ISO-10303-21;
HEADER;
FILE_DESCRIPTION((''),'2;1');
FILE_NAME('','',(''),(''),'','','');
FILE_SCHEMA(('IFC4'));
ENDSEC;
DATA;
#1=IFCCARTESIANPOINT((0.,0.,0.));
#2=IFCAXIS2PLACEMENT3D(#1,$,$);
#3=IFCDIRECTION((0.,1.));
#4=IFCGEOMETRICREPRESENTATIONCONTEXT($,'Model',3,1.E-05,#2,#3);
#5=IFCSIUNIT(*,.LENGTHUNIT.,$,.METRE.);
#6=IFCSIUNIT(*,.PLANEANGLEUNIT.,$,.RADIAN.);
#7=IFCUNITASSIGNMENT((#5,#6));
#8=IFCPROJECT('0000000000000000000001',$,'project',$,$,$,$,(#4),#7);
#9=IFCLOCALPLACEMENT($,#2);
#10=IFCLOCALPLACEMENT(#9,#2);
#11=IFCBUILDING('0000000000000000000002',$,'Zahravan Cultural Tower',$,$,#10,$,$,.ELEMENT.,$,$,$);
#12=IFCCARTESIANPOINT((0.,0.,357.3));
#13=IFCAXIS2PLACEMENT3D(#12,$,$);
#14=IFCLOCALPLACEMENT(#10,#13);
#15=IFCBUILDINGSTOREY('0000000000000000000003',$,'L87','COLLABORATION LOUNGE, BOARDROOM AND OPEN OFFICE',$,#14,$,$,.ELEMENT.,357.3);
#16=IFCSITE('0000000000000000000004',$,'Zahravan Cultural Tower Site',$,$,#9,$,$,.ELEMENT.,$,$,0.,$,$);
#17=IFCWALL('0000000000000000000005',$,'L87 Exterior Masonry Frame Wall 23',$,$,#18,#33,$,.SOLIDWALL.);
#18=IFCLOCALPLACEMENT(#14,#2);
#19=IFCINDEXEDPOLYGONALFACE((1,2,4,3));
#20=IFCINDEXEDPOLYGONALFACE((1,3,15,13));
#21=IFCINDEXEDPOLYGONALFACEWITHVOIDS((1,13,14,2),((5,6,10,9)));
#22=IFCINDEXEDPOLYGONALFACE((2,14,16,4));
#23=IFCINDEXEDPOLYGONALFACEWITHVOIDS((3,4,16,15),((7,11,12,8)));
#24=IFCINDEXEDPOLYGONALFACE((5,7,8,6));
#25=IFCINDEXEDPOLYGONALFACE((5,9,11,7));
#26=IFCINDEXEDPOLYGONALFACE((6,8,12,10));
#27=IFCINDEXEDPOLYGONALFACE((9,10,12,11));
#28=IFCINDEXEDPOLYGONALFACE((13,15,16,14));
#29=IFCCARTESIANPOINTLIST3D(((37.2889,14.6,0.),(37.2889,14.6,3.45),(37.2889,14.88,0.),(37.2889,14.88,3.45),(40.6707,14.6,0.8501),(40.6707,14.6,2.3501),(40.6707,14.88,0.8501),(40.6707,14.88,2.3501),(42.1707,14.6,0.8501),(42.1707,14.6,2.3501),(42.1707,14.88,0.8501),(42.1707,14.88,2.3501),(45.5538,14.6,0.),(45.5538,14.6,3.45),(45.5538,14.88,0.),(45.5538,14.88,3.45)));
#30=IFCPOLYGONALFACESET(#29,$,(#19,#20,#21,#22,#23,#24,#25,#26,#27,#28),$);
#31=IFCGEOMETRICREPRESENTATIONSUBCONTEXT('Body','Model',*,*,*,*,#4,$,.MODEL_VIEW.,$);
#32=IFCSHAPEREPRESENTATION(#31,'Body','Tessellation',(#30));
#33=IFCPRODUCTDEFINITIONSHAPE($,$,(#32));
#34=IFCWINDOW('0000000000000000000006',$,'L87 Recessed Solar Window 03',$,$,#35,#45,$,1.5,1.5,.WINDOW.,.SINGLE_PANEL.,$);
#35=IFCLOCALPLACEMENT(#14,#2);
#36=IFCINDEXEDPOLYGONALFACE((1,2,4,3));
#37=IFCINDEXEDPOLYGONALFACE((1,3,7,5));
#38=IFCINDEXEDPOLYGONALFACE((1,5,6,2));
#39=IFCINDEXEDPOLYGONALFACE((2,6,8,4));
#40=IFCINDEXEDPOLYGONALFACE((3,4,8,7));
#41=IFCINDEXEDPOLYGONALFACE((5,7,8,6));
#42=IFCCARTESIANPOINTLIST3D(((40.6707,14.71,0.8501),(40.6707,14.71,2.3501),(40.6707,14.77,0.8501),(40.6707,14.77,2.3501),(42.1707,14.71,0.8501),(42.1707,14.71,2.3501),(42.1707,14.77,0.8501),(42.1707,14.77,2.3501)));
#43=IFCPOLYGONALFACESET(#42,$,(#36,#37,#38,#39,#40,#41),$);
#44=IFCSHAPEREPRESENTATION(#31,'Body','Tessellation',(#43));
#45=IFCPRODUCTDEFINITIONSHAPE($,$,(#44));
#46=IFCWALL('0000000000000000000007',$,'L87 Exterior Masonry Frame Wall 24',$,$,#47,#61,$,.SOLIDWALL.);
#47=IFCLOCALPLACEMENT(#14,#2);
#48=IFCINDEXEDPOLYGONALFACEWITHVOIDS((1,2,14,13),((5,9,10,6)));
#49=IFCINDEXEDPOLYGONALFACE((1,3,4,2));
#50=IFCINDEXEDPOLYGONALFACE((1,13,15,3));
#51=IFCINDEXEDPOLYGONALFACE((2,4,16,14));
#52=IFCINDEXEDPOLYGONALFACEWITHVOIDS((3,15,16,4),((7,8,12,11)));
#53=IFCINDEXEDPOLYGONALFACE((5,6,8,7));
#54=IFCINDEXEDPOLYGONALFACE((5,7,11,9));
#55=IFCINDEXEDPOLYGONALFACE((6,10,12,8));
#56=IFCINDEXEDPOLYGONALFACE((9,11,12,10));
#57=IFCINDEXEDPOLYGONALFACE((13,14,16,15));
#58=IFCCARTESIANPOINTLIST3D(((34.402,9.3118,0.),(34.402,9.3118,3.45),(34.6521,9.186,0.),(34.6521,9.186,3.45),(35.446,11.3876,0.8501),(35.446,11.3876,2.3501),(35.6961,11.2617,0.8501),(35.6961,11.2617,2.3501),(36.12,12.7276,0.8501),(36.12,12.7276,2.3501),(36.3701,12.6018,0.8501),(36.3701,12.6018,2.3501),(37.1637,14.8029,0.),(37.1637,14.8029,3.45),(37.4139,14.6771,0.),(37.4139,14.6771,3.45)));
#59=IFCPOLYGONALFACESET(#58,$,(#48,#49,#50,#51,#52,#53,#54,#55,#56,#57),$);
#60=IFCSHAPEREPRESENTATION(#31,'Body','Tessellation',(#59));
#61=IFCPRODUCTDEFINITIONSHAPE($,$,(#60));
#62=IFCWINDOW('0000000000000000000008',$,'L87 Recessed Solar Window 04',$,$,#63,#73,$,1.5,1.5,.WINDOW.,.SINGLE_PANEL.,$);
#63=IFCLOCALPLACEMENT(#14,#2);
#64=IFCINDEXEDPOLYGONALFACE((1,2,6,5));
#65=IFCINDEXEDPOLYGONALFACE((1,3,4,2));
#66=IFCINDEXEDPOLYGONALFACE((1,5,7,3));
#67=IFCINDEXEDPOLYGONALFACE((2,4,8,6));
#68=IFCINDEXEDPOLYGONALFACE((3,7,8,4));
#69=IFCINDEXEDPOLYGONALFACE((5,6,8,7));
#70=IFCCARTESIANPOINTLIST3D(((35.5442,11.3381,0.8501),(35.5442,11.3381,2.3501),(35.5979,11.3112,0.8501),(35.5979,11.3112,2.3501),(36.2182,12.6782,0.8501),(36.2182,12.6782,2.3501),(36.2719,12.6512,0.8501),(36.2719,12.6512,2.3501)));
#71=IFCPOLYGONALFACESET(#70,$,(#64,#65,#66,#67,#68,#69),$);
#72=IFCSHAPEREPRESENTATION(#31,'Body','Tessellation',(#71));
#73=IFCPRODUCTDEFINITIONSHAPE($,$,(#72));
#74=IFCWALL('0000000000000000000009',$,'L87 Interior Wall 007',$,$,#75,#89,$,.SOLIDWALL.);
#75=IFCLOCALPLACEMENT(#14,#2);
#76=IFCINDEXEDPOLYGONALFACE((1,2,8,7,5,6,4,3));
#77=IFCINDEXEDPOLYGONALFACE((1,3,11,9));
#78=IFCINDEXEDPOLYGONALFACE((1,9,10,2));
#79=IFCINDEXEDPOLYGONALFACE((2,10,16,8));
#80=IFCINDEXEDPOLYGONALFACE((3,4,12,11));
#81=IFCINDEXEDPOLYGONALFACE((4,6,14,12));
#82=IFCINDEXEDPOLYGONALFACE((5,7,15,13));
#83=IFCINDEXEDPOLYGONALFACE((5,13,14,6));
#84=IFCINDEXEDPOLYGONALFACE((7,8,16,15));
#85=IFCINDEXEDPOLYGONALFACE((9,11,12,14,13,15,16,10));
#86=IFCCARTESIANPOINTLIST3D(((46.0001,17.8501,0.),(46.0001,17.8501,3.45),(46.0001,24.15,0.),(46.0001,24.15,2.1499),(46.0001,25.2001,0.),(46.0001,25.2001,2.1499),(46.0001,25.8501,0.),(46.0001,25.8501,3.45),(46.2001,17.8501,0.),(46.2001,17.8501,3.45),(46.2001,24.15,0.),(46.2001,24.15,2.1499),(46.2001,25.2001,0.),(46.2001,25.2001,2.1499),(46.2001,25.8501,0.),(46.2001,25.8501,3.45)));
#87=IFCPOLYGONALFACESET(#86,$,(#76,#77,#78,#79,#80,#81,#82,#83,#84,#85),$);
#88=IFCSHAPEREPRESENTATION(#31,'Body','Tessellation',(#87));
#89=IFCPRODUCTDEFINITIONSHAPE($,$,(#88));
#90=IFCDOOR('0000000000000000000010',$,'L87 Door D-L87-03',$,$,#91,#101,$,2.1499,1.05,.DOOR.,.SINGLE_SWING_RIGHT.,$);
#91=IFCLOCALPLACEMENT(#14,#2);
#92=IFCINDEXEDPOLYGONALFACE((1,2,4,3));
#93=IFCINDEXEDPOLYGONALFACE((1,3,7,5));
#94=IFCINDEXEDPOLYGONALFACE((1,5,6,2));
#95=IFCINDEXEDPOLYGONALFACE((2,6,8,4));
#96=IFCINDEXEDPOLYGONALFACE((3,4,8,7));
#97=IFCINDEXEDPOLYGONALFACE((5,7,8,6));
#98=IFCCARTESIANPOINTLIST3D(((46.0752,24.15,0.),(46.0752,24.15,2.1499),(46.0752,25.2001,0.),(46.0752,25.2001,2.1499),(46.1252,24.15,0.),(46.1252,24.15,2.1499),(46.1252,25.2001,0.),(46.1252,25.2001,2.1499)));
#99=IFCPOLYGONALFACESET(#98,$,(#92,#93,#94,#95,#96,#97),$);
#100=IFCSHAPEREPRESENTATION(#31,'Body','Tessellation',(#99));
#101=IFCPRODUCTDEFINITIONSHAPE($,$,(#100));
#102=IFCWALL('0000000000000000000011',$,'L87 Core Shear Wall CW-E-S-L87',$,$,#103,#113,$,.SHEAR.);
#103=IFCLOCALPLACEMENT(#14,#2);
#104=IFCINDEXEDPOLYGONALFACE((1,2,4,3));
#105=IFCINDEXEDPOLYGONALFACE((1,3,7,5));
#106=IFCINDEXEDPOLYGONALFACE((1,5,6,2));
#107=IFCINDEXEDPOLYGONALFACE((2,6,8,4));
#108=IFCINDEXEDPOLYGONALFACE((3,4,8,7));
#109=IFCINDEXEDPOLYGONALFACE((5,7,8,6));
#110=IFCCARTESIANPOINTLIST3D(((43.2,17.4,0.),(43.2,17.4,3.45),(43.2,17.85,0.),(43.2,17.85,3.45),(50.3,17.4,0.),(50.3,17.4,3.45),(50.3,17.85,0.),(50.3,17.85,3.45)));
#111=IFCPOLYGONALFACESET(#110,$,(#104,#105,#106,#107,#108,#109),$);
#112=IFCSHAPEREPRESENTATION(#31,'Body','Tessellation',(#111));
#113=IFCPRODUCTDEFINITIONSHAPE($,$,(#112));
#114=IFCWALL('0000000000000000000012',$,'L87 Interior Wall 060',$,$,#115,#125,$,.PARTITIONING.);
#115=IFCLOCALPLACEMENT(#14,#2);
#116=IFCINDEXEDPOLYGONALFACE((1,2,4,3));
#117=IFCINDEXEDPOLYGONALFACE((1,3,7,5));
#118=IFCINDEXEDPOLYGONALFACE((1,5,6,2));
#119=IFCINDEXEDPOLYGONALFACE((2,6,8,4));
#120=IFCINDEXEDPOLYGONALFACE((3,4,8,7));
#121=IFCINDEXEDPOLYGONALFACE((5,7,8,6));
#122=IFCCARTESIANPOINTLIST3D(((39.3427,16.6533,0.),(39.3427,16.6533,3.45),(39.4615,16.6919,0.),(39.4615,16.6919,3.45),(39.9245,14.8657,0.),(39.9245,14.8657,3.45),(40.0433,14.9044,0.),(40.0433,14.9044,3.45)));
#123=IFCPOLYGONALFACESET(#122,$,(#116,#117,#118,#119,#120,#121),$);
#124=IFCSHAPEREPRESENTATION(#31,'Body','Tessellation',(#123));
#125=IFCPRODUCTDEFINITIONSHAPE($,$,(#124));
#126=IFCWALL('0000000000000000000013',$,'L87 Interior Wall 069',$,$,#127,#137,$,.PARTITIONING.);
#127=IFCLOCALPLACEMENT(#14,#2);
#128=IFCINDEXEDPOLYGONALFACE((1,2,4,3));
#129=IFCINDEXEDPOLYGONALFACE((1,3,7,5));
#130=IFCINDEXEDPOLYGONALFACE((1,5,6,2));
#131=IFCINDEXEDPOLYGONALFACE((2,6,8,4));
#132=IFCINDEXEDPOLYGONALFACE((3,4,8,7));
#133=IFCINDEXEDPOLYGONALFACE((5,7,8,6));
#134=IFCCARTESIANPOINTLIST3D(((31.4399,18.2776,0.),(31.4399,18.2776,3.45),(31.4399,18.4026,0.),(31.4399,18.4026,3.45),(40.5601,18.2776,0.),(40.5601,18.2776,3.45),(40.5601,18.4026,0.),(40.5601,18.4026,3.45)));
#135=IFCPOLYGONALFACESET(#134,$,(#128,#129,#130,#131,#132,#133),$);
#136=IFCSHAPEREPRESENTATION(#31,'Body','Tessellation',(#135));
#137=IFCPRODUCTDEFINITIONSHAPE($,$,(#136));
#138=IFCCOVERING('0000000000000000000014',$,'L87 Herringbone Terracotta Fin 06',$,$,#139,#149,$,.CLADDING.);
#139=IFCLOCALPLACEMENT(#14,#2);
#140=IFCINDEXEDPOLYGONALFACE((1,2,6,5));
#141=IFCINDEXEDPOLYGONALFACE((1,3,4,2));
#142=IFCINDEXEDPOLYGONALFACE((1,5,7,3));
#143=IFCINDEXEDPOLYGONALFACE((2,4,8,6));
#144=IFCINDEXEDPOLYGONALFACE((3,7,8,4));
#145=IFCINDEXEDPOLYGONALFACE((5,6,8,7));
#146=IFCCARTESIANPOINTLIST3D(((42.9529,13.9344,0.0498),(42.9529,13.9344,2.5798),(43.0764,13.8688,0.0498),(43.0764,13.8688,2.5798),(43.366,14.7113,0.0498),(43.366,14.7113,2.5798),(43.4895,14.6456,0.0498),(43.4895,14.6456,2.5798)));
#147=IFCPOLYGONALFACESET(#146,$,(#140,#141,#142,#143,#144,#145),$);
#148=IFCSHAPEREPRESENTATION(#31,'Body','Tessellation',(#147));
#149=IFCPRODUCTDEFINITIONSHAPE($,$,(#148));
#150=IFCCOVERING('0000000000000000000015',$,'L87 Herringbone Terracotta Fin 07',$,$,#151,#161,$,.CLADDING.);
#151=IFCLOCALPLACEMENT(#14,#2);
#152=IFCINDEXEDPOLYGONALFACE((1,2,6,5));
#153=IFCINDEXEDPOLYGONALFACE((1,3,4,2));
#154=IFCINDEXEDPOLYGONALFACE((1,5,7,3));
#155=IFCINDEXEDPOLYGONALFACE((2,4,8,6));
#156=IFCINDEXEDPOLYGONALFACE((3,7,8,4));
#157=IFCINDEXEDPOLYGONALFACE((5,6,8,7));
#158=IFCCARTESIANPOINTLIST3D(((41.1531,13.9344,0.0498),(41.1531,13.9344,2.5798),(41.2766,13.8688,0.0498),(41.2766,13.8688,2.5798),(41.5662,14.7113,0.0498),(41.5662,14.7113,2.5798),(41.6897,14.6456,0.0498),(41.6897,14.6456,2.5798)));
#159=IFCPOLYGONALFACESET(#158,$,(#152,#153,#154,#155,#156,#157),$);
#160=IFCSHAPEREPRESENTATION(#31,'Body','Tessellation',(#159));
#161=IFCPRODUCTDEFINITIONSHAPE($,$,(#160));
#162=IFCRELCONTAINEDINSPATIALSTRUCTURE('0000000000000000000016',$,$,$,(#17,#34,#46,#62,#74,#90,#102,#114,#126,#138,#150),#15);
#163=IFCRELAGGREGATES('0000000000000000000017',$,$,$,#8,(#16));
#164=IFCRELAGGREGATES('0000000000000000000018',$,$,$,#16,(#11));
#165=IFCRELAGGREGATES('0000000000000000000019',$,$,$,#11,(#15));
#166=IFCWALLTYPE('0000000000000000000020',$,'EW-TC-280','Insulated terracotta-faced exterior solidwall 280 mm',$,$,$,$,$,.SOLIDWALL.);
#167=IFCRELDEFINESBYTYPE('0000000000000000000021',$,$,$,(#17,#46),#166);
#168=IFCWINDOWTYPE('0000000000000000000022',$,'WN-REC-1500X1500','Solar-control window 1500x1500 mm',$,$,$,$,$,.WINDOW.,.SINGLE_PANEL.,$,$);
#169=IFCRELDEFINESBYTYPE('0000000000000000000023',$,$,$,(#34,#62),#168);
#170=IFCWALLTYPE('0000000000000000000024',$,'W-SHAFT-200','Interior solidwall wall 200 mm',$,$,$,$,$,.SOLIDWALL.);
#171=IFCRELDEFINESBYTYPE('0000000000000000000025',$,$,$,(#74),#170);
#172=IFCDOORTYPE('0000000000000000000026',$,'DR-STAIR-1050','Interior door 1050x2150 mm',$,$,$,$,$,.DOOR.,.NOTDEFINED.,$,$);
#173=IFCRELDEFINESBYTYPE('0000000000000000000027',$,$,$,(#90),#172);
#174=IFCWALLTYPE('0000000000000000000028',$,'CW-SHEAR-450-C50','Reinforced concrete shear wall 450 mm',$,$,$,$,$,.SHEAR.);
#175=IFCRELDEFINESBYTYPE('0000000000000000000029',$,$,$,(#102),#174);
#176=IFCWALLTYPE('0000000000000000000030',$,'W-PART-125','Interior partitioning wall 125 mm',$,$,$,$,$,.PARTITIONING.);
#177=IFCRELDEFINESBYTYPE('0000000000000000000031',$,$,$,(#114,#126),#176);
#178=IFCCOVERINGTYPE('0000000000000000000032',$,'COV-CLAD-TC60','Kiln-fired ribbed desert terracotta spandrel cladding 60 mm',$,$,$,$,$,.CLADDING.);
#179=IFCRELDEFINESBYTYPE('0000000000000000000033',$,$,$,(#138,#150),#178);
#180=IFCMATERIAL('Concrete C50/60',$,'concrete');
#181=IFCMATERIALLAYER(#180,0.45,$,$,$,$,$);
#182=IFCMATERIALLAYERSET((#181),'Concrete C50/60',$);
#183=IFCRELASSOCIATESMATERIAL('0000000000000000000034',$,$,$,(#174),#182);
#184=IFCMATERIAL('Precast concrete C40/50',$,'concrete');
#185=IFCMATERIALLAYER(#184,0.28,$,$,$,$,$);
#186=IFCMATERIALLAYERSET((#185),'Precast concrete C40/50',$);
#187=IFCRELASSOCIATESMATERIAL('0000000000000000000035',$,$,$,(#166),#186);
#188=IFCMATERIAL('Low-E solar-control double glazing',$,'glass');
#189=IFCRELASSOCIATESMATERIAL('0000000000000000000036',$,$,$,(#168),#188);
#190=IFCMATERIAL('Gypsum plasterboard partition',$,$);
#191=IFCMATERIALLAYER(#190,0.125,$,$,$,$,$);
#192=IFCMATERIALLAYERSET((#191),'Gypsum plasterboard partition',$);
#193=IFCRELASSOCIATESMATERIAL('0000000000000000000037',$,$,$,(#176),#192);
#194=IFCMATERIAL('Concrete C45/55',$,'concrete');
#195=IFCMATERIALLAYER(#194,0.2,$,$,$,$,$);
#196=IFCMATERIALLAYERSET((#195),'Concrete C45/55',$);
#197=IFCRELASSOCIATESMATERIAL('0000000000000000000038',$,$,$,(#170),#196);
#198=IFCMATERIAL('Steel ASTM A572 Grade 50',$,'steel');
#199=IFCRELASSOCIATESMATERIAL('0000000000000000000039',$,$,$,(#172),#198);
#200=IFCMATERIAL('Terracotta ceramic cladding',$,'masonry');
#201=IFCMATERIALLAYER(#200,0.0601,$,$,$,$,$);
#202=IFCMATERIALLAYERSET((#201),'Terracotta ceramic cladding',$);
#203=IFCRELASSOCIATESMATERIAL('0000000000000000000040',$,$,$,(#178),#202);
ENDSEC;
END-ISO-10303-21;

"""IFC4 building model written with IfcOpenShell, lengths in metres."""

from ifc_helpers import new_model, si_unit, direction, frame, frame_2d, origin, origin_2d, place, context, subcontext, project, spatial, rectangle, extrude, source, transform, mapped, material, layer, layer_set, type_object, element, fill, save


model = new_model("IFC4")

# Units and contexts
model_context = context("Model", 3, precision=1e-05, world=origin(), true_north=direction((0.0, 1.0)))
body_context = subcontext(model_context, "Body", "Model", "MODEL_VIEW")
ifc_project = project(units=[si_unit("LENGTHUNIT", "METRE"), si_unit("PLANEANGLEUNIT", "RADIAN")], contexts=[model_context])

# Site, building, storey
site_placement = place(None, origin())
site = spatial("IfcSite", under=ifc_project, at=site_placement, Name="Zahravan Cultural Tower Site", CompositionType="ELEMENT", RefElevation=0.0)
building_placement = place(site_placement, origin())
building = spatial("IfcBuilding", under=site, at=building_placement, Name="Zahravan Cultural Tower", CompositionType="ELEMENT")
storey_placement = place(building_placement, frame((0.0, 0.0, 357.3)))
storey = spatial("IfcBuildingStorey", under=building, at=storey_placement, Name="L87", Description="COLLABORATION LOUNGE, BOARDROOM AND OPEN OFFICE", CompositionType="ELEMENT", Elevation=357.3)

# Shared definitions
ifc_material_1 = material(Name="Concrete C50/60", Category="concrete")

# Shared definitions
ifc_layer_1 = layer(ifc_material_1, 0.45)
ifc_layer_set_1 = layer_set([ifc_layer_1], Name="Concrete C50/60")
wall_type_1 = type_object("IfcWallType", Name="CW-SHEAR-450-C50", Description="Reinforced concrete shear wall 450 mm", PredefinedType="SHEAR", material=ifc_layer_set_1)
ifc_material_2 = material(Name="Steel ASTM A572 Grade 50", Category="steel")

# Walls, openings, windows
ifc_material_3 = material(Name="Precast concrete C40/50", Category="concrete")
ifc_layer_2 = layer(ifc_material_3, 0.28)
ifc_layer_set_2 = layer_set([ifc_layer_2], Name="Precast concrete C40/50")
wall_type_2 = type_object("IfcWallType", Name="EW-TC-280", Description="Insulated terracotta-faced exterior solidwall 280 mm", PredefinedType="SOLIDWALL", material=ifc_layer_set_2)
wall_1_placement = place(storey_placement, frame((45.5537, 14.74, 0.0), z_axis=(0.0, 0.0, 1.0), x_axis=(-1.0, 0.0, 0.0)))
wall_1 = element("IfcWall", 1, at=wall_1_placement, inside=storey, type_object=wall_type_2, Name="L87 Exterior Masonry Frame Wall 23", PredefinedType="SOLIDWALL", context=body_context, shape_type="SweptSolid", body=[
    extrude(rectangle(XDim=8.2649, YDim=0.28, at=frame_2d((4.1323, 0.0))), origin(), (0.0, 0.0, 1.0), 3.45),
])
opening_1_placement = place(wall_1_placement, frame((3.3831, 0.0, 0.8501)))
opening_1 = element("IfcOpeningElement", 2, at=opening_1_placement, cuts=wall_1, PredefinedType="OPENING", context=body_context, shape_type="SweptSolid", body=[
    extrude(rectangle(XDim=1.5, YDim=1.5, at=frame_2d((0.75, 0.75))), frame((0.0, 0.1499, 0.0), z_axis=(0.0, -1.0, 0.0), x_axis=(1.0, 0.0, 0.0)), (0.0, 0.0, 1.0), 0.3),
])
ifc_material_4 = material(Name="Low-E solar-control double glazing", Category="glass")
window_type = type_object("IfcWindowType", Name="WN-REC-1500X1500", Description="Solar-control window 1500x1500 mm", PartitioningType="SINGLE_PANEL", PredefinedType="WINDOW", material=ifc_material_4)
shared_shape_1 = source(origin(), body_context, "Body", "SweptSolid", [
    extrude(rectangle(XDim=1.5, YDim=1.5, at=frame_2d((0.75, 0.75))), frame((0.0, 0.03, 0.0), z_axis=(0.0, -1.0, 0.0), x_axis=(1.0, 0.0, 0.0)), (0.0, 0.0, 1.0), 0.0601),
])
window_1_placement = place(opening_1_placement, origin())
window_1 = element("IfcWindow", 3, at=window_1_placement, inside=storey, type_object=window_type, Name="L87 Recessed Solar Window 03", OverallHeight=1.5, OverallWidth=1.5, PartitioningType="SINGLE_PANEL", PredefinedType="WINDOW", context=body_context, shape_type="MappedRepresentation", body=[
    mapped(shared_shape_1, transform((0.0, 0.0, 0.0), x_axis=(1.0, 0.0, 0.0), y_axis=(0.0, 1.0, 0.0), z_axis=(0.0, 0.0, 1.0), scale=1.0)),
])
fill(opening_1, window_1)
wall_2_placement = place(storey_placement, frame((37.2888, 14.74, 0.0), z_axis=(0.0, 0.0, 1.0), x_axis=(-0.449326, -0.893368, 0.0)))
wall_2 = element("IfcWall", 4, at=wall_2_placement, inside=storey, type_object=wall_type_2, Name="L87 Exterior Masonry Frame Wall 24", PredefinedType="SOLIDWALL", context=body_context, shape_type="SweptSolid", body=[
    extrude(rectangle(XDim=6.1465, YDim=0.28, at=frame_2d((3.0732, 0.0))), origin(), (0.0, 0.0, 1.0), 3.45),
])
opening_2_placement = place(wall_2_placement, frame((2.323, 0.0, 0.8501)))
opening_2 = element("IfcOpeningElement", 5, at=opening_2_placement, cuts=wall_2, PredefinedType="OPENING", context=body_context, shape_type="SweptSolid", body=[
    extrude(rectangle(XDim=1.5, YDim=1.5, at=frame_2d((0.75, 0.75))), frame((0.0, 0.1499, 0.0), z_axis=(0.0, -1.0, 0.0), x_axis=(1.0, 0.0, 0.0)), (0.0, 0.0, 1.0), 0.3),
])
window_2_placement = place(opening_2_placement, origin())
window_2 = element("IfcWindow", 6, at=window_2_placement, inside=storey, type_object=window_type, Name="L87 Recessed Solar Window 04", OverallHeight=1.5, OverallWidth=1.5, PartitioningType="SINGLE_PANEL", PredefinedType="WINDOW", context=body_context, shape_type="MappedRepresentation", body=[
    mapped(shared_shape_1, transform((0.0, 0.0, 0.0), x_axis=(1.0, 0.0, 0.0), y_axis=(0.0, 1.0, 0.0), z_axis=(0.0, 0.0, 1.0), scale=1.0)),
])
fill(opening_2, window_2)

# Wall, opening, door
ifc_material_5 = material(Name="Gypsum plasterboard partition")
ifc_layer_3 = layer(ifc_material_5, 0.125)
ifc_layer_set_3 = layer_set([ifc_layer_3], Name="Gypsum plasterboard partition")
wall_type_3 = type_object("IfcWallType", Name="W-PART-125", Description="Interior partitioning wall 125 mm", PredefinedType="PARTITIONING", material=ifc_layer_set_3)
ifc_material_6 = material(Name="Concrete C45/55", Category="concrete")
ifc_layer_4 = layer(ifc_material_6, 0.2)
ifc_layer_set_4 = layer_set([ifc_layer_4], Name="Concrete C45/55")
wall_type_4 = type_object("IfcWallType", Name="W-SHAFT-200", Description="Interior solidwall wall 200 mm", PredefinedType="SOLIDWALL", material=ifc_layer_set_4)
wall_3_placement = place(storey_placement, frame((46.1001, 17.8501, 0.0), z_axis=(0.0, 0.0, 1.0), x_axis=(0.0, 1.0, 0.0)))
wall_3 = element("IfcWall", 7, at=wall_3_placement, inside=storey, type_object=wall_type_4, Name="L87 Interior Wall 007", PredefinedType="SOLIDWALL", context=body_context, shape_type="SweptSolid", body=[
    extrude(rectangle(XDim=8.0, YDim=0.2, at=frame_2d((4.0, 0.0))), origin(), (0.0, 0.0, 1.0), 3.45),
])
opening_3_placement = place(wall_3_placement, frame((6.3, 0.0, 0.0)))
opening_3 = element("IfcOpeningElement", 8, at=opening_3_placement, cuts=wall_3, PredefinedType="OPENING", context=body_context, shape_type="SweptSolid", body=[
    extrude(rectangle(XDim=1.05, YDim=2.1499, at=frame_2d((0.5249, 1.075))), frame((0.0, 0.1099, 0.0), z_axis=(0.0, -1.0, 0.0), x_axis=(1.0, 0.0, 0.0)), (0.0, 0.0, 1.0), 0.22),
])
door_type_1 = type_object("IfcDoorType", Name="DR-STAIR-1050", Description="Interior door 1050x2150 mm", OperationType="NOTDEFINED", PredefinedType="DOOR", material=ifc_material_2)
shared_shape_2 = source(origin(), body_context, "Body", "SweptSolid", [
    extrude(rectangle(XDim=1.05, YDim=2.1499, at=frame_2d((0.5249, 1.075))), frame((0.0, 0.0249, 0.0), z_axis=(0.0, -1.0, 0.0), x_axis=(1.0, 0.0, 0.0)), (0.0, 0.0, 1.0), 0.05),
])
door_1_placement = place(opening_3_placement, origin())
door_1 = element("IfcDoor", 9, at=door_1_placement, inside=storey, type_object=door_type_1, Name="L87 Door D-L87-03", OperationType="SINGLE_SWING_RIGHT", OverallHeight=2.1499, OverallWidth=1.05, PredefinedType="DOOR", context=body_context, shape_type="MappedRepresentation", body=[
    mapped(shared_shape_2, transform((0.0, 0.0, 0.0), x_axis=(1.0, 0.0, 0.0), y_axis=(0.0, 1.0, 0.0), z_axis=(0.0, 0.0, 1.0), scale=1.0)),
])
fill(opening_3, door_1)

# Walls
shared_shape_3 = source(origin(), body_context, "Body", "SweptSolid", [
    extrude(rectangle(XDim=7.1001, YDim=0.45, at=frame_2d((3.55, 0.0))), origin(), (0.0, 0.0, 1.0), 3.45),
])
wall_4_placement = place(storey_placement, frame((43.2, 17.625, 0.0), z_axis=(0.0, 0.0, 1.0), x_axis=(1.0, 0.0, 0.0)))
element("IfcWall", 10, at=wall_4_placement, inside=storey, type_object=wall_type_1, Name="L87 Core Shear Wall CW-E-S-L87", PredefinedType="SHEAR", context=body_context, shape_type="MappedRepresentation", body=[
    mapped(shared_shape_3, transform((0.0, 0.0, 0.0), x_axis=(1.0, 0.0, 0.0), y_axis=(0.0, 1.0, 0.0), z_axis=(0.0, 0.0, 1.0), scale=1.0)),
])
shared_shape_4 = source(origin(), body_context, "Body", "SweptSolid", [
    extrude(rectangle(XDim=1.8799, YDim=0.125, at=frame_2d((0.9399, 0.0))), origin(), (0.0, 0.0, 1.0), 3.45),
])
wall_5_placement = place(storey_placement, frame((39.9839, 14.885, 0.0), z_axis=(0.0, 0.0, 1.0), x_axis=(-0.30948, 0.950906, 0.0)))
element("IfcWall", 11, at=wall_5_placement, inside=storey, type_object=wall_type_3, Name="L87 Interior Wall 060", PredefinedType="PARTITIONING", context=body_context, shape_type="MappedRepresentation", body=[
    mapped(shared_shape_4, transform((0.0, 0.0, 0.0), x_axis=(1.0, 0.0, 0.0), y_axis=(0.0, 1.0, 0.0), z_axis=(0.0, 0.0, 1.0), scale=1.0)),
])
shared_shape_5 = source(origin(), body_context, "Body", "SweptSolid", [
    extrude(rectangle(XDim=9.1201, YDim=0.125, at=frame_2d((4.5601, 0.0))), origin(), (0.0, 0.0, 1.0), 3.45),
])
wall_6_placement = place(storey_placement, frame((40.5601, 18.3401, 0.0), z_axis=(0.0, 0.0, 1.0), x_axis=(-1.0, 0.0, 0.0)))
element("IfcWall", 12, at=wall_6_placement, inside=storey, type_object=wall_type_3, Name="L87 Interior Wall 069", PredefinedType="PARTITIONING", context=body_context, shape_type="MappedRepresentation", body=[
    mapped(shared_shape_5, transform((0.0, 0.0, 0.0), x_axis=(1.0, 0.0, 0.0), y_axis=(0.0, 1.0, 0.0), z_axis=(0.0, 0.0, 1.0), scale=1.0)),
])

# Coverings
ifc_material_7 = material(Name="Terracotta ceramic cladding", Category="masonry")
ifc_layer_5 = layer(ifc_material_7, 0.0601)
ifc_layer_set_5 = layer_set([ifc_layer_5], Name="Terracotta ceramic cladding")
covering_type = type_object("IfcCoveringType", Name="COV-CLAD-TC60", Description="Kiln-fired ribbed desert terracotta spandrel cladding 60 mm", PredefinedType="CLADDING", material=ifc_layer_set_5)
shared_shape_6 = source(origin(), body_context, "Body", "SweptSolid", [
    extrude(rectangle(XDim=0.8799, YDim=0.1399, at=origin_2d()), origin(), (0.0, 0.0, 1.0), 2.53),
])
for number, where, z_axis, x_axis, name in (
    (13, (43.2212, 14.29, 0.0498), (0.0, 0.0, 1.0), (-0.469472, -0.882948, 0.0), "L87 Herringbone Terracotta Fin 06"),
    (14, (41.4214, 14.29, 0.0498), (0.0, 0.0, 1.0), (-0.469472, -0.882948, 0.0), "L87 Herringbone Terracotta Fin 07"),
):
    element("IfcCovering", number, at=place(storey_placement, frame(where, z_axis=z_axis, x_axis=x_axis)), inside=storey, type_object=covering_type, Name=name, PredefinedType="CLADDING", context=body_context, shape_type="MappedRepresentation", body=[
        mapped(shared_shape_6, transform((0.0, 0.0, 0.0), x_axis=(1.0, 0.0, 0.0), y_axis=(0.0, 1.0, 0.0), z_axis=(0.0, 0.0, 1.0), scale=1.0)),
    ])

save(model, "model.ifc")
